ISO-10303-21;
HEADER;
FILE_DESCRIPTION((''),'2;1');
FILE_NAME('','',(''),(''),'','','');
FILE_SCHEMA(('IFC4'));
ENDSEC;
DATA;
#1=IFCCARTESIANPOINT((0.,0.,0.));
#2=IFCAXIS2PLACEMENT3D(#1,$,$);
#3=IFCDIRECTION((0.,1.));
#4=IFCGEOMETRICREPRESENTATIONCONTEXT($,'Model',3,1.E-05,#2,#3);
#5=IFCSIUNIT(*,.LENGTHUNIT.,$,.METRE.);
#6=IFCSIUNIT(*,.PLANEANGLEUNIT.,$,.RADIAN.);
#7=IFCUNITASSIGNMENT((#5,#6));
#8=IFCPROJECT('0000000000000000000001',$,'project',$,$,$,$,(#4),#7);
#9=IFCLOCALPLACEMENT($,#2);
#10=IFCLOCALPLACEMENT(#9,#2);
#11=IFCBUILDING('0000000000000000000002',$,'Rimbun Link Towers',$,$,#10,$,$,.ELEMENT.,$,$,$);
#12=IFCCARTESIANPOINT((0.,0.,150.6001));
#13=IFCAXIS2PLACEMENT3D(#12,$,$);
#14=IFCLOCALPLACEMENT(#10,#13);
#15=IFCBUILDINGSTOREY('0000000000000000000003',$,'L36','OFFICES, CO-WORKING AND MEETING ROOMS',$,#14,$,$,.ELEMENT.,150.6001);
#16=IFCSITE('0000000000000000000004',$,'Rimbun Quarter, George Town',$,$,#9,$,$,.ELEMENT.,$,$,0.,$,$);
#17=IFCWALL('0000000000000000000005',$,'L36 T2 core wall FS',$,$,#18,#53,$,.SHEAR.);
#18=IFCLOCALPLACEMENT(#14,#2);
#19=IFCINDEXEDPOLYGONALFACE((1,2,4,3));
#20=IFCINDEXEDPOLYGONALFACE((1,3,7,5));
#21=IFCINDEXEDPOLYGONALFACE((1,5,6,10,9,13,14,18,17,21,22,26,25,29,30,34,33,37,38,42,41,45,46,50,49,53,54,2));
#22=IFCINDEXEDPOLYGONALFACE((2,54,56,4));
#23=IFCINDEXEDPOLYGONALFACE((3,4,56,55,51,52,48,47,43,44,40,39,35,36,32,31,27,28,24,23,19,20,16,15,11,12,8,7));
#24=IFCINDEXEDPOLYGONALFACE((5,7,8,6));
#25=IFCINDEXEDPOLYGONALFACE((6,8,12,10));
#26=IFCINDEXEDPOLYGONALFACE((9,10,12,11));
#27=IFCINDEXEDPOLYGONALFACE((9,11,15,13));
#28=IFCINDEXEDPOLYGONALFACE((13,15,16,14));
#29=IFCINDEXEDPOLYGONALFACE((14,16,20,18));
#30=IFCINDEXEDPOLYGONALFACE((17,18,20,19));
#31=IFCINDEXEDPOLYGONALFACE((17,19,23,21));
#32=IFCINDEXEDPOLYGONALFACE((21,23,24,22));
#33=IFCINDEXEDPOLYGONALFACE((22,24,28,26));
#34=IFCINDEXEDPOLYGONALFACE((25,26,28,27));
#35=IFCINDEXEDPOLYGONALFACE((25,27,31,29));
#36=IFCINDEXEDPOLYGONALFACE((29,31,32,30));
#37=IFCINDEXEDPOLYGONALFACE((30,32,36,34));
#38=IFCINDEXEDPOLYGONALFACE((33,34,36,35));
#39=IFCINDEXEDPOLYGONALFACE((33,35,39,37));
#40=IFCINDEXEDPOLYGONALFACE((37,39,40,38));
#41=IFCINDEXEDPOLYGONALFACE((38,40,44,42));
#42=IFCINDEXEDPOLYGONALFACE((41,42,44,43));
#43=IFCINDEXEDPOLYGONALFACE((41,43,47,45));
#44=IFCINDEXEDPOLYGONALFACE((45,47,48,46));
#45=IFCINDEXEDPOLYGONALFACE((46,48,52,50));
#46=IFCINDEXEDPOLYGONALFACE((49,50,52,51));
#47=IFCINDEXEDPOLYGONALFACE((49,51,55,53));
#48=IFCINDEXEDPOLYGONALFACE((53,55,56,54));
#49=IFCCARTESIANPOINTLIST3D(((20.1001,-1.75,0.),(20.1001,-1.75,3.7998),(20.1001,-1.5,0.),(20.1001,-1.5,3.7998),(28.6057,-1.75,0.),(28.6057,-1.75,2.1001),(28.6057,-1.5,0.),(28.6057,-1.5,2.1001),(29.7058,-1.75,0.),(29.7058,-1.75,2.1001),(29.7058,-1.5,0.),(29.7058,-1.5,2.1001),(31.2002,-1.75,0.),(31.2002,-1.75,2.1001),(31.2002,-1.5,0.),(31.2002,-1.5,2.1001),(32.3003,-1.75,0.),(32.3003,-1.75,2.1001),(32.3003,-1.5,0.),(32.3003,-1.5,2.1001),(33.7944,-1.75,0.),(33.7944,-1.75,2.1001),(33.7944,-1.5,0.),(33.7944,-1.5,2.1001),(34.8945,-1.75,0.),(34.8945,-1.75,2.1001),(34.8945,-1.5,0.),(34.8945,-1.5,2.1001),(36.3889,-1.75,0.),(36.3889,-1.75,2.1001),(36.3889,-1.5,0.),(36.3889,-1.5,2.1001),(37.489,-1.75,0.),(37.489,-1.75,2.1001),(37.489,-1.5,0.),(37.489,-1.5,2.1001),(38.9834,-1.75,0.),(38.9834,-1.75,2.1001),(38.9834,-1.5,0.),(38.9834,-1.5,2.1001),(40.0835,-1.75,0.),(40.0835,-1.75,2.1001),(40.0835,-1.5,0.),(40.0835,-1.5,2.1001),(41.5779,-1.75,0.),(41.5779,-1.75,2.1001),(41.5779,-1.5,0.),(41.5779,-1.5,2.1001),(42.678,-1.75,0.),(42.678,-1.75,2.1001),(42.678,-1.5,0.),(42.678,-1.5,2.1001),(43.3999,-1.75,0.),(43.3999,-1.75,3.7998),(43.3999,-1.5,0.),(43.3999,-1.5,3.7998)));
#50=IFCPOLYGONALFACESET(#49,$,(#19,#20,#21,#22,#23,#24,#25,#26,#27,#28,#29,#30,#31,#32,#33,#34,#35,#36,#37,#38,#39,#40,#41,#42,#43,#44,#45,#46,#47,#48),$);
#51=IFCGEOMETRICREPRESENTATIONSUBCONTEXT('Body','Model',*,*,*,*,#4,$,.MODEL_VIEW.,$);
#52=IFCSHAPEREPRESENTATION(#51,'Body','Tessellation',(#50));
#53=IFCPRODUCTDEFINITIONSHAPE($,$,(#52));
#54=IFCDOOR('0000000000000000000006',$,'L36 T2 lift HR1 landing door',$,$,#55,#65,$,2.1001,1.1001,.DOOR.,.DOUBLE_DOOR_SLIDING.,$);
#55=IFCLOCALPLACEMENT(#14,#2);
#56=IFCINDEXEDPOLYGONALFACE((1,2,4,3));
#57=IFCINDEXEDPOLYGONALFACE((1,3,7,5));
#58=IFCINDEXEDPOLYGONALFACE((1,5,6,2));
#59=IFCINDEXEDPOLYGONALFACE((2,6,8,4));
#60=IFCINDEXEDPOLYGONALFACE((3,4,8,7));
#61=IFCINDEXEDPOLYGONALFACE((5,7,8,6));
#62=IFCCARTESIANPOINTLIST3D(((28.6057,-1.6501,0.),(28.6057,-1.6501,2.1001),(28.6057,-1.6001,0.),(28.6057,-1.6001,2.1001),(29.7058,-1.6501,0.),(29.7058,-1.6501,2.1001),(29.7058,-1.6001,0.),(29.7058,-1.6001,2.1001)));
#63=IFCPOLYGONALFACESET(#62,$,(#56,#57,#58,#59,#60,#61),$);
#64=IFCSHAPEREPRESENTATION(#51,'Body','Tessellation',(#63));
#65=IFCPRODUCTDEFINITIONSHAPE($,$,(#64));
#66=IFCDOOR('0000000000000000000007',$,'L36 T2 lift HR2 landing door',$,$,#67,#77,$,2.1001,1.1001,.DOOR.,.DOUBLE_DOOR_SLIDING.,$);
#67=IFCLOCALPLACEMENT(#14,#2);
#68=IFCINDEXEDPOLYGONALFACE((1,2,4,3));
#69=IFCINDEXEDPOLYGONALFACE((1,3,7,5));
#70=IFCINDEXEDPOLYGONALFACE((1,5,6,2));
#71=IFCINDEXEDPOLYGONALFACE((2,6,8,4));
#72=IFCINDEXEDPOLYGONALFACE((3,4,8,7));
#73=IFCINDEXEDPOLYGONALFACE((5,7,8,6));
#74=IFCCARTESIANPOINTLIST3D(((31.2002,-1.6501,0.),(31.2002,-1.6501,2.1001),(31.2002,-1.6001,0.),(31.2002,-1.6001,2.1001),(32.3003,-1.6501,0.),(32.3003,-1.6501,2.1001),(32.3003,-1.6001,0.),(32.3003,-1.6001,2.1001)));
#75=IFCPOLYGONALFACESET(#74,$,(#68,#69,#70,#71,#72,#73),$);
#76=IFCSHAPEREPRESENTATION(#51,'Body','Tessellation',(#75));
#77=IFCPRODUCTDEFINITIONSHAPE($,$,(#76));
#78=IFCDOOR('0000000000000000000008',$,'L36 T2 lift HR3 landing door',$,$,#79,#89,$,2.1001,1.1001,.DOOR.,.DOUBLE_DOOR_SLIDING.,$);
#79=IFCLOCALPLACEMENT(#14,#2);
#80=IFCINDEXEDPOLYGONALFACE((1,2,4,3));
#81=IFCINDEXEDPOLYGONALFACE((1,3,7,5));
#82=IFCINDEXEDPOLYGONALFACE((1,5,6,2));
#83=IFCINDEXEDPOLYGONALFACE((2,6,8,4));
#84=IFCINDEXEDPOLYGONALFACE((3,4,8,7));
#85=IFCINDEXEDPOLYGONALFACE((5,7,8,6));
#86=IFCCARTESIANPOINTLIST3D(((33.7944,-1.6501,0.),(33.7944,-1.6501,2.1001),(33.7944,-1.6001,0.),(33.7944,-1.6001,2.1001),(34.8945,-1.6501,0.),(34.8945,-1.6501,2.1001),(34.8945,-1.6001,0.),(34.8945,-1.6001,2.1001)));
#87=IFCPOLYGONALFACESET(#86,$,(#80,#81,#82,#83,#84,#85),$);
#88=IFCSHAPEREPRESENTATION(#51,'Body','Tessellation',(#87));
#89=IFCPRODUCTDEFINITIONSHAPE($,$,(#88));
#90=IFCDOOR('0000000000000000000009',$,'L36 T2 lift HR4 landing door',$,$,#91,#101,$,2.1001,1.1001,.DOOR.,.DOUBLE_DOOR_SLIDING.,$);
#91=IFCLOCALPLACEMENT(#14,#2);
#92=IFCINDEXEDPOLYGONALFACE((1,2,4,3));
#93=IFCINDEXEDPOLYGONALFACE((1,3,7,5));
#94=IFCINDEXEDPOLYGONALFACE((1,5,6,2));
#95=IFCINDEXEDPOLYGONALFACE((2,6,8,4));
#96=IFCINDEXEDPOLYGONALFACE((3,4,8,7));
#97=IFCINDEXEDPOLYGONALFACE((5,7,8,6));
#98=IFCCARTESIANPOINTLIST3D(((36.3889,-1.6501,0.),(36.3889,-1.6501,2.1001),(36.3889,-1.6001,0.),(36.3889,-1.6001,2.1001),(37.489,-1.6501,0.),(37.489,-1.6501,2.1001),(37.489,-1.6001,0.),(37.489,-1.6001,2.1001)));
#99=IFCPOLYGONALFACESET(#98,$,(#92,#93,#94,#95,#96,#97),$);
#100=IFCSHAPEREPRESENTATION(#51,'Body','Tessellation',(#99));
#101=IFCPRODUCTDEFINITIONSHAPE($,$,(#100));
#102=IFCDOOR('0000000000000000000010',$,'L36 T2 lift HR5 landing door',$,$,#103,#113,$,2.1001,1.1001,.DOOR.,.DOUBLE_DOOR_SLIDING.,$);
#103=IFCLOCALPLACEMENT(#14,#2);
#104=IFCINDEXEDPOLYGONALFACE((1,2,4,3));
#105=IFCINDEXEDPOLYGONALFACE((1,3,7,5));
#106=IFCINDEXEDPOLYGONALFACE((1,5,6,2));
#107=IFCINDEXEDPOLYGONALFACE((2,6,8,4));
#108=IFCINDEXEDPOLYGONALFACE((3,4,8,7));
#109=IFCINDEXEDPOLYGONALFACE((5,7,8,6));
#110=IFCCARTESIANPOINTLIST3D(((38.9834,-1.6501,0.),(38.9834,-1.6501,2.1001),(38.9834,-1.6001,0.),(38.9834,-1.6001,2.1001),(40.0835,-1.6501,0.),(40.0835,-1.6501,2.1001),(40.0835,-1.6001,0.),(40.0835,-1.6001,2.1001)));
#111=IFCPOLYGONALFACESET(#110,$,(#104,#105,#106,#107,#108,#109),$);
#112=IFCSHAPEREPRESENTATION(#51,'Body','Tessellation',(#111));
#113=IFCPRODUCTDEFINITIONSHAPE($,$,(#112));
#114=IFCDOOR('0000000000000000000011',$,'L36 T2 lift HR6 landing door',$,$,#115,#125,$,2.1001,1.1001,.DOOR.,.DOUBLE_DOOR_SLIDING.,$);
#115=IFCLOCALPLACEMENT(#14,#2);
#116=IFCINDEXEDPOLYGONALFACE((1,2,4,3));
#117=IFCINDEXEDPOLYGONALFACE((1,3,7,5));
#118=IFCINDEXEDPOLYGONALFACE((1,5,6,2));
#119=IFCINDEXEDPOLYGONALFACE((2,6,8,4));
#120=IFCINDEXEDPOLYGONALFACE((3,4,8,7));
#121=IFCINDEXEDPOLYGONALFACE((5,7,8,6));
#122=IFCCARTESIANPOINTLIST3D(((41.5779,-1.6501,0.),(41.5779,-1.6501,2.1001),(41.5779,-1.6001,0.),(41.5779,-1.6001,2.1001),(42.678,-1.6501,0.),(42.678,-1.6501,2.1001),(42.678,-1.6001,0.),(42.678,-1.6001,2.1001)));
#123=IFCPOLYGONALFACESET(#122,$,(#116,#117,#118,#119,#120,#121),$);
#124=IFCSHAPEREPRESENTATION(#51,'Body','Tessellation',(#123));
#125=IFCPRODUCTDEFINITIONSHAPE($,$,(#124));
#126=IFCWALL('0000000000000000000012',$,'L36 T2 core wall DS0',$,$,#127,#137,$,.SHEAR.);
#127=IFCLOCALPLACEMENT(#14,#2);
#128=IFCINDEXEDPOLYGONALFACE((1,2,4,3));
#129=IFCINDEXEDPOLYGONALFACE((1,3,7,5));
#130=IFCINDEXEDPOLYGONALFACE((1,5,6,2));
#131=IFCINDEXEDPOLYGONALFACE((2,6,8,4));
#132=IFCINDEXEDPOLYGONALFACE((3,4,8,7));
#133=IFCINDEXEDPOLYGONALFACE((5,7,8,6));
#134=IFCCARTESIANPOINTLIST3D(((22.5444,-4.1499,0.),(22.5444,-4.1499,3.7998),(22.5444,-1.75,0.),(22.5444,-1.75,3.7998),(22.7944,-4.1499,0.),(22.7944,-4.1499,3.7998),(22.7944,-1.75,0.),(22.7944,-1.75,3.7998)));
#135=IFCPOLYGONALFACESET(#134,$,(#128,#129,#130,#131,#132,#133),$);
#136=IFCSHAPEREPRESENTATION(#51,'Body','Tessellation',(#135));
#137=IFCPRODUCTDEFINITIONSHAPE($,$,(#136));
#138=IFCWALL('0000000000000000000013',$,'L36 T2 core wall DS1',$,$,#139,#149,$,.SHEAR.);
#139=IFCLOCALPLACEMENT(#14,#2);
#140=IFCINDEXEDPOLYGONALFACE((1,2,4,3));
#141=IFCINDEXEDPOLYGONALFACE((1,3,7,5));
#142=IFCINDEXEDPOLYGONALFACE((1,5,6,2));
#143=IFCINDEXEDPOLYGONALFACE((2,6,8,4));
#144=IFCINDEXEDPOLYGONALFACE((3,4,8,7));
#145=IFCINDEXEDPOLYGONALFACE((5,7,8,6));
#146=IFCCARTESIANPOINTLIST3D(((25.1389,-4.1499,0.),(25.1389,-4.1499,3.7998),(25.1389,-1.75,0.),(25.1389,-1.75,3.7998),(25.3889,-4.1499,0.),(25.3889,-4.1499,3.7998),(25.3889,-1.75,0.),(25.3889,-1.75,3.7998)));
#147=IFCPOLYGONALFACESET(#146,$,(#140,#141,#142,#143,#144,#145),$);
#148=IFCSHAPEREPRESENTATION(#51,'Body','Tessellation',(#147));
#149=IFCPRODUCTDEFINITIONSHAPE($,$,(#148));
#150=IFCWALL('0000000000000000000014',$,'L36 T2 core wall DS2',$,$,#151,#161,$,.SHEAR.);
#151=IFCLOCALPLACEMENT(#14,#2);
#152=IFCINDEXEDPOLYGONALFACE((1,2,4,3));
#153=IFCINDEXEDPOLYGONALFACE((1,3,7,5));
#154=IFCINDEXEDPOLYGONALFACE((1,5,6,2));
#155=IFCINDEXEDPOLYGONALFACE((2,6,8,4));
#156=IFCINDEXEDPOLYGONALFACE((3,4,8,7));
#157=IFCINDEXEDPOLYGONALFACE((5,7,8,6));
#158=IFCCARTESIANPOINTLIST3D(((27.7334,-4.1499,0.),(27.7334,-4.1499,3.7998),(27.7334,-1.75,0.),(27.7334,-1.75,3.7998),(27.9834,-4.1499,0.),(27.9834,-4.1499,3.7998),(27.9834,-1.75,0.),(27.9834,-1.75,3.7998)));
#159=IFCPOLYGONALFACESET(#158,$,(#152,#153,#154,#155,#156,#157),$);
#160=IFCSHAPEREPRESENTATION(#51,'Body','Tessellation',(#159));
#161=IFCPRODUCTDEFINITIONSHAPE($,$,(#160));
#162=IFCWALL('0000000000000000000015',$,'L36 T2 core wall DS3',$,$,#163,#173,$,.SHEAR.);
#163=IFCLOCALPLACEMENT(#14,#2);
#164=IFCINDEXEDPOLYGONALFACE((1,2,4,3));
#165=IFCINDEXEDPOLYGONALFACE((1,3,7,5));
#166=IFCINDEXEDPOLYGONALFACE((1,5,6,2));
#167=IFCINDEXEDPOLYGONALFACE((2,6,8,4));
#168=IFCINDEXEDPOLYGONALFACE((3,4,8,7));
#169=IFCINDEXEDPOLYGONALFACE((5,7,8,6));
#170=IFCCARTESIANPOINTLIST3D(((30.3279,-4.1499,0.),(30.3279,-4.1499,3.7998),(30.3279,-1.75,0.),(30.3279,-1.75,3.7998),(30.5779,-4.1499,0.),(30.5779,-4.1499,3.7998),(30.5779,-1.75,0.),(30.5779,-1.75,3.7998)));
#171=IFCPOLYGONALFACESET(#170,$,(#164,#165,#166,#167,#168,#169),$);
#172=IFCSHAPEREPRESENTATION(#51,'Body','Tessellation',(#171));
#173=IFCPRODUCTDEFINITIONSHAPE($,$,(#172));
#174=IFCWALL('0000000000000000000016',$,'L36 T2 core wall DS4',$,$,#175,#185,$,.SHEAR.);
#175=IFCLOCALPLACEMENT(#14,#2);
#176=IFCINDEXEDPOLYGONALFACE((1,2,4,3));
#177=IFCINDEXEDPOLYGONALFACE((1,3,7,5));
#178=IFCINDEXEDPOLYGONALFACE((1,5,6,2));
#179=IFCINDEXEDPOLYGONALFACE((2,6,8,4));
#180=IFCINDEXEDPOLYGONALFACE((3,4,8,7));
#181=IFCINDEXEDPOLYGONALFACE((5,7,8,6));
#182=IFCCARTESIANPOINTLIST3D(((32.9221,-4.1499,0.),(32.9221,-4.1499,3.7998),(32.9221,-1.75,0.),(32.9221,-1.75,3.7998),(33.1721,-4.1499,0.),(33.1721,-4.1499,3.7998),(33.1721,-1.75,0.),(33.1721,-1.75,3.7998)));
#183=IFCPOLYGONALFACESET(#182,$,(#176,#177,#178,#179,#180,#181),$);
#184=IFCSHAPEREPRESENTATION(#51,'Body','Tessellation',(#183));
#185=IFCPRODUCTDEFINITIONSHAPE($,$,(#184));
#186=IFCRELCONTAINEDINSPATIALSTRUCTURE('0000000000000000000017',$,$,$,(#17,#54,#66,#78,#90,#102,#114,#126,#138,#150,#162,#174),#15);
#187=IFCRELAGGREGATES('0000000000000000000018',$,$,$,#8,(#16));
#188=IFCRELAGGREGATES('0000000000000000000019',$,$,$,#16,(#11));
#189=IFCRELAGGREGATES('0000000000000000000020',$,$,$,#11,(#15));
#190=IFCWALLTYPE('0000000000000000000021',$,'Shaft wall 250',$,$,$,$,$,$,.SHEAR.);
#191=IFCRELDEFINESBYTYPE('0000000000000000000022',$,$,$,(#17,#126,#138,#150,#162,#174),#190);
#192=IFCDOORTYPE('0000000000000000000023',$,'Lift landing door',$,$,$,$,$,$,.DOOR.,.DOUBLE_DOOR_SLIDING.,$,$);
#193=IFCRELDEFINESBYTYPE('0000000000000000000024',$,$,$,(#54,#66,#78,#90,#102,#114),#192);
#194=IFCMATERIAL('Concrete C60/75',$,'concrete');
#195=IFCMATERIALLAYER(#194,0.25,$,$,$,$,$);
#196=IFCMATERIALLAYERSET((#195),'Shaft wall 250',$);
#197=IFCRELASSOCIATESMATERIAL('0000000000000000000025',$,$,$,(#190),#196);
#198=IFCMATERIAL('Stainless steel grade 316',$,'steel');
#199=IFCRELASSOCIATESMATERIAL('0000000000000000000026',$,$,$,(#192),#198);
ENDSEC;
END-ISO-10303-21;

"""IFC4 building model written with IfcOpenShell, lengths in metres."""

from ifc_helpers import new_model, si_unit, direction, frame, frame_2d, origin, place, context, subcontext, project, spatial, rectangle, extrude, material, layer, layer_set, type_object, element, fill, save


model = new_model("IFC4")

# Units and contexts
model_context = context("Model", 3, precision=1e-05, world=origin(), true_north=direction((0.0, 1.0)))
body_context = subcontext(model_context, "Body", "Model", "MODEL_VIEW")
ifc_project = project(units=[si_unit("LENGTHUNIT", "METRE"), si_unit("PLANEANGLEUNIT", "RADIAN")], contexts=[model_context])

# Site, building, storey
site_placement = place(None, origin())
site = spatial("IfcSite", under=ifc_project, at=site_placement, Name="Rimbun Quarter, George Town", CompositionType="ELEMENT", RefElevation=0.0)
building_placement = place(site_placement, origin())
building = spatial("IfcBuilding", under=site, at=building_placement, Name="Rimbun Link Towers", CompositionType="ELEMENT")
storey_placement = place(building_placement, frame((0.0, 0.0, 150.6001)))
storey = spatial("IfcBuildingStorey", under=building, at=storey_placement, Name="L36", Description="OFFICES, CO-WORKING AND MEETING ROOMS", CompositionType="ELEMENT", Elevation=150.6001)

# Shared definitions
ifc_material_1 = material(Name="Concrete C60/75", Category="concrete")
ifc_layer_1 = layer(ifc_material_1, 0.25)
ifc_layer_set_1 = layer_set([ifc_layer_1], Name="Shaft wall 250")
wall_type_1 = type_object("IfcWallType", Name="Shaft wall 250", PredefinedType="SHEAR", material=ifc_layer_set_1)

# Wall, openings, doors
wall_1_placement = place(storey_placement, frame((20.1001, -1.625, 0.0), z_axis=(0.0, 0.0, 1.0), x_axis=(1.0, 0.0, 0.0)))
wall_1 = element("IfcWall", 1, at=wall_1_placement, inside=storey, type_object=wall_type_1, Name="L36 T2 core wall FS", PredefinedType="SHEAR", context=body_context, shape_type="SweptSolid", body=[
    extrude(rectangle(XDim=23.2998, YDim=0.25, at=frame_2d((11.6499, 0.0))), origin(), (0.0, 0.0, 1.0), 3.7998),
])
opening_1_placement = place(wall_1_placement, frame((8.5056, 0.0, 0.0)))
opening_1 = element("IfcOpeningElement", 2, at=opening_1_placement, cuts=wall_1, PredefinedType="OPENING", context=body_context, shape_type="SweptSolid", body=[
    extrude(rectangle(XDim=1.1001, YDim=2.1001, at=frame_2d((0.55, 1.05))), frame((0.0, 0.135, 0.0), z_axis=(0.0, -1.0, 0.0), x_axis=(1.0, 0.0, 0.0)), (0.0, 0.0, 1.0), 0.27),
])
opening_2_placement = place(wall_1_placement, frame((11.1001, 0.0, 0.0)))
opening_2 = element("IfcOpeningElement", 3, at=opening_2_placement, cuts=wall_1, PredefinedType="OPENING", context=body_context, shape_type="SweptSolid", body=[
    extrude(rectangle(XDim=1.1001, YDim=2.1001, at=frame_2d((0.55, 1.05))), frame((0.0, 0.135, 0.0), z_axis=(0.0, -1.0, 0.0), x_axis=(1.0, 0.0, 0.0)), (0.0, 0.0, 1.0), 0.27),
])
opening_3_placement = place(wall_1_placement, frame((13.6943, 0.0, 0.0)))
opening_3 = element("IfcOpeningElement", 4, at=opening_3_placement, cuts=wall_1, PredefinedType="OPENING", context=body_context, shape_type="SweptSolid", body=[
    extrude(rectangle(XDim=1.1001, YDim=2.1001, at=frame_2d((0.55, 1.05))), frame((0.0, 0.135, 0.0), z_axis=(0.0, -1.0, 0.0), x_axis=(1.0, 0.0, 0.0)), (0.0, 0.0, 1.0), 0.27),
])
opening_4_placement = place(wall_1_placement, frame((16.2888, 0.0, 0.0)))
opening_4 = element("IfcOpeningElement", 5, at=opening_4_placement, cuts=wall_1, PredefinedType="OPENING", context=body_context, shape_type="SweptSolid", body=[
    extrude(rectangle(XDim=1.1001, YDim=2.1001, at=frame_2d((0.55, 1.05))), frame((0.0, 0.135, 0.0), z_axis=(0.0, -1.0, 0.0), x_axis=(1.0, 0.0, 0.0)), (0.0, 0.0, 1.0), 0.27),
])
opening_5_placement = place(wall_1_placement, frame((18.8833, 0.0, 0.0)))
opening_5 = element("IfcOpeningElement", 6, at=opening_5_placement, cuts=wall_1, PredefinedType="OPENING", context=body_context, shape_type="SweptSolid", body=[
    extrude(rectangle(XDim=1.1001, YDim=2.1001, at=frame_2d((0.55, 1.05))), frame((0.0, 0.135, 0.0), z_axis=(0.0, -1.0, 0.0), x_axis=(1.0, 0.0, 0.0)), (0.0, 0.0, 1.0), 0.27),
])
opening_6_placement = place(wall_1_placement, frame((21.4778, 0.0, 0.0)))
opening_6 = element("IfcOpeningElement", 7, at=opening_6_placement, cuts=wall_1, PredefinedType="OPENING", context=body_context, shape_type="SweptSolid", body=[
    extrude(rectangle(XDim=1.1001, YDim=2.1001, at=frame_2d((0.55, 1.05))), frame((0.0, 0.135, 0.0), z_axis=(0.0, -1.0, 0.0), x_axis=(1.0, 0.0, 0.0)), (0.0, 0.0, 1.0), 0.27),
])
ifc_material_2 = material(Name="Stainless steel grade 316", Category="steel")
door_type_1 = type_object("IfcDoorType", Name="Lift landing door", OperationType="DOUBLE_DOOR_SLIDING", PredefinedType="DOOR", material=ifc_material_2)
door_1_placement = place(opening_1_placement, origin())
door_1 = element("IfcDoor", 8, at=door_1_placement, inside=storey, type_object=door_type_1, Name="L36 T2 lift HR1 landing door", OperationType="DOUBLE_DOOR_SLIDING", OverallHeight=2.1001, OverallWidth=1.1001, PredefinedType="DOOR", context=body_context, shape_type="SweptSolid", body=[
    extrude(rectangle(XDim=1.1001, YDim=2.1001, at=frame_2d((0.55, 1.05))), frame((0.0, 0.0249, 0.0), z_axis=(0.0, -1.0, 0.0), x_axis=(1.0, 0.0, 0.0)), (0.0, 0.0, 1.0), 0.05),
])
fill(opening_1, door_1)
door_2_placement = place(opening_2_placement, origin())
door_2 = element("IfcDoor", 9, at=door_2_placement, inside=storey, type_object=door_type_1, Name="L36 T2 lift HR2 landing door", OperationType="DOUBLE_DOOR_SLIDING", OverallHeight=2.1001, OverallWidth=1.1001, PredefinedType="DOOR", context=body_context, shape_type="SweptSolid", body=[
    extrude(rectangle(XDim=1.1001, YDim=2.1001, at=frame_2d((0.55, 1.05))), frame((0.0, 0.0249, 0.0), z_axis=(0.0, -1.0, 0.0), x_axis=(1.0, 0.0, 0.0)), (0.0, 0.0, 1.0), 0.05),
])
fill(opening_2, door_2)
door_3_placement = place(opening_3_placement, origin())
door_3 = element("IfcDoor", 10, at=door_3_placement, inside=storey, type_object=door_type_1, Name="L36 T2 lift HR3 landing door", OperationType="DOUBLE_DOOR_SLIDING", OverallHeight=2.1001, OverallWidth=1.1001, PredefinedType="DOOR", context=body_context, shape_type="SweptSolid", body=[
    extrude(rectangle(XDim=1.1001, YDim=2.1001, at=frame_2d((0.55, 1.05))), frame((0.0, 0.0249, 0.0), z_axis=(0.0, -1.0, 0.0), x_axis=(1.0, 0.0, 0.0)), (0.0, 0.0, 1.0), 0.05),
])
fill(opening_3, door_3)
door_4_placement = place(opening_4_placement, origin())
door_4 = element("IfcDoor", 11, at=door_4_placement, inside=storey, type_object=door_type_1, Name="L36 T2 lift HR4 landing door", OperationType="DOUBLE_DOOR_SLIDING", OverallHeight=2.1001, OverallWidth=1.1001, PredefinedType="DOOR", context=body_context, shape_type="SweptSolid", body=[
    extrude(rectangle(XDim=1.1001, YDim=2.1001, at=frame_2d((0.55, 1.05))), frame((0.0, 0.0249, 0.0), z_axis=(0.0, -1.0, 0.0), x_axis=(1.0, 0.0, 0.0)), (0.0, 0.0, 1.0), 0.05),
])
fill(opening_4, door_4)
door_5_placement = place(opening_5_placement, origin())
door_5 = element("IfcDoor", 12, at=door_5_placement, inside=storey, type_object=door_type_1, Name="L36 T2 lift HR5 landing door", OperationType="DOUBLE_DOOR_SLIDING", OverallHeight=2.1001, OverallWidth=1.1001, PredefinedType="DOOR", context=body_context, shape_type="SweptSolid", body=[
    extrude(rectangle(XDim=1.1001, YDim=2.1001, at=frame_2d((0.55, 1.05))), frame((0.0, 0.0249, 0.0), z_axis=(0.0, -1.0, 0.0), x_axis=(1.0, 0.0, 0.0)), (0.0, 0.0, 1.0), 0.05),
])
fill(opening_5, door_5)
door_6_placement = place(opening_6_placement, origin())
door_6 = element("IfcDoor", 13, at=door_6_placement, inside=storey, type_object=door_type_1, Name="L36 T2 lift HR6 landing door", OperationType="DOUBLE_DOOR_SLIDING", OverallHeight=2.1001, OverallWidth=1.1001, PredefinedType="DOOR", context=body_context, shape_type="SweptSolid", body=[
    extrude(rectangle(XDim=1.1001, YDim=2.1001, at=frame_2d((0.55, 1.05))), frame((0.0, 0.0249, 0.0), z_axis=(0.0, -1.0, 0.0), x_axis=(1.0, 0.0, 0.0)), (0.0, 0.0, 1.0), 0.05),
])
fill(opening_6, door_6)

# Walls
for number, where, z_axis, x_axis, name in (
    (14, (22.6694, -4.1499, 0.0), (0.0, 0.0, 1.0), (0.0, 1.0, 0.0), "L36 T2 core wall DS0"),
    (15, (25.2639, -4.1499, 0.0), (0.0, 0.0, 1.0), (0.0, 1.0, 0.0), "L36 T2 core wall DS1"),
    (16, (27.8584, -4.1499, 0.0), (0.0, 0.0, 1.0), (0.0, 1.0, 0.0), "L36 T2 core wall DS2"),
    (17, (30.4529, -4.1499, 0.0), (0.0, 0.0, 1.0), (0.0, 1.0, 0.0), "L36 T2 core wall DS3"),
    (18, (33.0471, -4.1499, 0.0), (0.0, 0.0, 1.0), (0.0, 1.0, 0.0), "L36 T2 core wall DS4"),
):
    element("IfcWall", number, at=place(storey_placement, frame(where, z_axis=z_axis, x_axis=x_axis)), inside=storey, type_object=wall_type_1, Name=name, PredefinedType="SHEAR", context=body_context, shape_type="SweptSolid", body=[
        extrude(rectangle(XDim=2.3999, YDim=0.25, at=frame_2d((1.2, 0.0))), origin(), (0.0, 0.0, 1.0), 3.7998),
    ])

save(model, "model.ifc")
